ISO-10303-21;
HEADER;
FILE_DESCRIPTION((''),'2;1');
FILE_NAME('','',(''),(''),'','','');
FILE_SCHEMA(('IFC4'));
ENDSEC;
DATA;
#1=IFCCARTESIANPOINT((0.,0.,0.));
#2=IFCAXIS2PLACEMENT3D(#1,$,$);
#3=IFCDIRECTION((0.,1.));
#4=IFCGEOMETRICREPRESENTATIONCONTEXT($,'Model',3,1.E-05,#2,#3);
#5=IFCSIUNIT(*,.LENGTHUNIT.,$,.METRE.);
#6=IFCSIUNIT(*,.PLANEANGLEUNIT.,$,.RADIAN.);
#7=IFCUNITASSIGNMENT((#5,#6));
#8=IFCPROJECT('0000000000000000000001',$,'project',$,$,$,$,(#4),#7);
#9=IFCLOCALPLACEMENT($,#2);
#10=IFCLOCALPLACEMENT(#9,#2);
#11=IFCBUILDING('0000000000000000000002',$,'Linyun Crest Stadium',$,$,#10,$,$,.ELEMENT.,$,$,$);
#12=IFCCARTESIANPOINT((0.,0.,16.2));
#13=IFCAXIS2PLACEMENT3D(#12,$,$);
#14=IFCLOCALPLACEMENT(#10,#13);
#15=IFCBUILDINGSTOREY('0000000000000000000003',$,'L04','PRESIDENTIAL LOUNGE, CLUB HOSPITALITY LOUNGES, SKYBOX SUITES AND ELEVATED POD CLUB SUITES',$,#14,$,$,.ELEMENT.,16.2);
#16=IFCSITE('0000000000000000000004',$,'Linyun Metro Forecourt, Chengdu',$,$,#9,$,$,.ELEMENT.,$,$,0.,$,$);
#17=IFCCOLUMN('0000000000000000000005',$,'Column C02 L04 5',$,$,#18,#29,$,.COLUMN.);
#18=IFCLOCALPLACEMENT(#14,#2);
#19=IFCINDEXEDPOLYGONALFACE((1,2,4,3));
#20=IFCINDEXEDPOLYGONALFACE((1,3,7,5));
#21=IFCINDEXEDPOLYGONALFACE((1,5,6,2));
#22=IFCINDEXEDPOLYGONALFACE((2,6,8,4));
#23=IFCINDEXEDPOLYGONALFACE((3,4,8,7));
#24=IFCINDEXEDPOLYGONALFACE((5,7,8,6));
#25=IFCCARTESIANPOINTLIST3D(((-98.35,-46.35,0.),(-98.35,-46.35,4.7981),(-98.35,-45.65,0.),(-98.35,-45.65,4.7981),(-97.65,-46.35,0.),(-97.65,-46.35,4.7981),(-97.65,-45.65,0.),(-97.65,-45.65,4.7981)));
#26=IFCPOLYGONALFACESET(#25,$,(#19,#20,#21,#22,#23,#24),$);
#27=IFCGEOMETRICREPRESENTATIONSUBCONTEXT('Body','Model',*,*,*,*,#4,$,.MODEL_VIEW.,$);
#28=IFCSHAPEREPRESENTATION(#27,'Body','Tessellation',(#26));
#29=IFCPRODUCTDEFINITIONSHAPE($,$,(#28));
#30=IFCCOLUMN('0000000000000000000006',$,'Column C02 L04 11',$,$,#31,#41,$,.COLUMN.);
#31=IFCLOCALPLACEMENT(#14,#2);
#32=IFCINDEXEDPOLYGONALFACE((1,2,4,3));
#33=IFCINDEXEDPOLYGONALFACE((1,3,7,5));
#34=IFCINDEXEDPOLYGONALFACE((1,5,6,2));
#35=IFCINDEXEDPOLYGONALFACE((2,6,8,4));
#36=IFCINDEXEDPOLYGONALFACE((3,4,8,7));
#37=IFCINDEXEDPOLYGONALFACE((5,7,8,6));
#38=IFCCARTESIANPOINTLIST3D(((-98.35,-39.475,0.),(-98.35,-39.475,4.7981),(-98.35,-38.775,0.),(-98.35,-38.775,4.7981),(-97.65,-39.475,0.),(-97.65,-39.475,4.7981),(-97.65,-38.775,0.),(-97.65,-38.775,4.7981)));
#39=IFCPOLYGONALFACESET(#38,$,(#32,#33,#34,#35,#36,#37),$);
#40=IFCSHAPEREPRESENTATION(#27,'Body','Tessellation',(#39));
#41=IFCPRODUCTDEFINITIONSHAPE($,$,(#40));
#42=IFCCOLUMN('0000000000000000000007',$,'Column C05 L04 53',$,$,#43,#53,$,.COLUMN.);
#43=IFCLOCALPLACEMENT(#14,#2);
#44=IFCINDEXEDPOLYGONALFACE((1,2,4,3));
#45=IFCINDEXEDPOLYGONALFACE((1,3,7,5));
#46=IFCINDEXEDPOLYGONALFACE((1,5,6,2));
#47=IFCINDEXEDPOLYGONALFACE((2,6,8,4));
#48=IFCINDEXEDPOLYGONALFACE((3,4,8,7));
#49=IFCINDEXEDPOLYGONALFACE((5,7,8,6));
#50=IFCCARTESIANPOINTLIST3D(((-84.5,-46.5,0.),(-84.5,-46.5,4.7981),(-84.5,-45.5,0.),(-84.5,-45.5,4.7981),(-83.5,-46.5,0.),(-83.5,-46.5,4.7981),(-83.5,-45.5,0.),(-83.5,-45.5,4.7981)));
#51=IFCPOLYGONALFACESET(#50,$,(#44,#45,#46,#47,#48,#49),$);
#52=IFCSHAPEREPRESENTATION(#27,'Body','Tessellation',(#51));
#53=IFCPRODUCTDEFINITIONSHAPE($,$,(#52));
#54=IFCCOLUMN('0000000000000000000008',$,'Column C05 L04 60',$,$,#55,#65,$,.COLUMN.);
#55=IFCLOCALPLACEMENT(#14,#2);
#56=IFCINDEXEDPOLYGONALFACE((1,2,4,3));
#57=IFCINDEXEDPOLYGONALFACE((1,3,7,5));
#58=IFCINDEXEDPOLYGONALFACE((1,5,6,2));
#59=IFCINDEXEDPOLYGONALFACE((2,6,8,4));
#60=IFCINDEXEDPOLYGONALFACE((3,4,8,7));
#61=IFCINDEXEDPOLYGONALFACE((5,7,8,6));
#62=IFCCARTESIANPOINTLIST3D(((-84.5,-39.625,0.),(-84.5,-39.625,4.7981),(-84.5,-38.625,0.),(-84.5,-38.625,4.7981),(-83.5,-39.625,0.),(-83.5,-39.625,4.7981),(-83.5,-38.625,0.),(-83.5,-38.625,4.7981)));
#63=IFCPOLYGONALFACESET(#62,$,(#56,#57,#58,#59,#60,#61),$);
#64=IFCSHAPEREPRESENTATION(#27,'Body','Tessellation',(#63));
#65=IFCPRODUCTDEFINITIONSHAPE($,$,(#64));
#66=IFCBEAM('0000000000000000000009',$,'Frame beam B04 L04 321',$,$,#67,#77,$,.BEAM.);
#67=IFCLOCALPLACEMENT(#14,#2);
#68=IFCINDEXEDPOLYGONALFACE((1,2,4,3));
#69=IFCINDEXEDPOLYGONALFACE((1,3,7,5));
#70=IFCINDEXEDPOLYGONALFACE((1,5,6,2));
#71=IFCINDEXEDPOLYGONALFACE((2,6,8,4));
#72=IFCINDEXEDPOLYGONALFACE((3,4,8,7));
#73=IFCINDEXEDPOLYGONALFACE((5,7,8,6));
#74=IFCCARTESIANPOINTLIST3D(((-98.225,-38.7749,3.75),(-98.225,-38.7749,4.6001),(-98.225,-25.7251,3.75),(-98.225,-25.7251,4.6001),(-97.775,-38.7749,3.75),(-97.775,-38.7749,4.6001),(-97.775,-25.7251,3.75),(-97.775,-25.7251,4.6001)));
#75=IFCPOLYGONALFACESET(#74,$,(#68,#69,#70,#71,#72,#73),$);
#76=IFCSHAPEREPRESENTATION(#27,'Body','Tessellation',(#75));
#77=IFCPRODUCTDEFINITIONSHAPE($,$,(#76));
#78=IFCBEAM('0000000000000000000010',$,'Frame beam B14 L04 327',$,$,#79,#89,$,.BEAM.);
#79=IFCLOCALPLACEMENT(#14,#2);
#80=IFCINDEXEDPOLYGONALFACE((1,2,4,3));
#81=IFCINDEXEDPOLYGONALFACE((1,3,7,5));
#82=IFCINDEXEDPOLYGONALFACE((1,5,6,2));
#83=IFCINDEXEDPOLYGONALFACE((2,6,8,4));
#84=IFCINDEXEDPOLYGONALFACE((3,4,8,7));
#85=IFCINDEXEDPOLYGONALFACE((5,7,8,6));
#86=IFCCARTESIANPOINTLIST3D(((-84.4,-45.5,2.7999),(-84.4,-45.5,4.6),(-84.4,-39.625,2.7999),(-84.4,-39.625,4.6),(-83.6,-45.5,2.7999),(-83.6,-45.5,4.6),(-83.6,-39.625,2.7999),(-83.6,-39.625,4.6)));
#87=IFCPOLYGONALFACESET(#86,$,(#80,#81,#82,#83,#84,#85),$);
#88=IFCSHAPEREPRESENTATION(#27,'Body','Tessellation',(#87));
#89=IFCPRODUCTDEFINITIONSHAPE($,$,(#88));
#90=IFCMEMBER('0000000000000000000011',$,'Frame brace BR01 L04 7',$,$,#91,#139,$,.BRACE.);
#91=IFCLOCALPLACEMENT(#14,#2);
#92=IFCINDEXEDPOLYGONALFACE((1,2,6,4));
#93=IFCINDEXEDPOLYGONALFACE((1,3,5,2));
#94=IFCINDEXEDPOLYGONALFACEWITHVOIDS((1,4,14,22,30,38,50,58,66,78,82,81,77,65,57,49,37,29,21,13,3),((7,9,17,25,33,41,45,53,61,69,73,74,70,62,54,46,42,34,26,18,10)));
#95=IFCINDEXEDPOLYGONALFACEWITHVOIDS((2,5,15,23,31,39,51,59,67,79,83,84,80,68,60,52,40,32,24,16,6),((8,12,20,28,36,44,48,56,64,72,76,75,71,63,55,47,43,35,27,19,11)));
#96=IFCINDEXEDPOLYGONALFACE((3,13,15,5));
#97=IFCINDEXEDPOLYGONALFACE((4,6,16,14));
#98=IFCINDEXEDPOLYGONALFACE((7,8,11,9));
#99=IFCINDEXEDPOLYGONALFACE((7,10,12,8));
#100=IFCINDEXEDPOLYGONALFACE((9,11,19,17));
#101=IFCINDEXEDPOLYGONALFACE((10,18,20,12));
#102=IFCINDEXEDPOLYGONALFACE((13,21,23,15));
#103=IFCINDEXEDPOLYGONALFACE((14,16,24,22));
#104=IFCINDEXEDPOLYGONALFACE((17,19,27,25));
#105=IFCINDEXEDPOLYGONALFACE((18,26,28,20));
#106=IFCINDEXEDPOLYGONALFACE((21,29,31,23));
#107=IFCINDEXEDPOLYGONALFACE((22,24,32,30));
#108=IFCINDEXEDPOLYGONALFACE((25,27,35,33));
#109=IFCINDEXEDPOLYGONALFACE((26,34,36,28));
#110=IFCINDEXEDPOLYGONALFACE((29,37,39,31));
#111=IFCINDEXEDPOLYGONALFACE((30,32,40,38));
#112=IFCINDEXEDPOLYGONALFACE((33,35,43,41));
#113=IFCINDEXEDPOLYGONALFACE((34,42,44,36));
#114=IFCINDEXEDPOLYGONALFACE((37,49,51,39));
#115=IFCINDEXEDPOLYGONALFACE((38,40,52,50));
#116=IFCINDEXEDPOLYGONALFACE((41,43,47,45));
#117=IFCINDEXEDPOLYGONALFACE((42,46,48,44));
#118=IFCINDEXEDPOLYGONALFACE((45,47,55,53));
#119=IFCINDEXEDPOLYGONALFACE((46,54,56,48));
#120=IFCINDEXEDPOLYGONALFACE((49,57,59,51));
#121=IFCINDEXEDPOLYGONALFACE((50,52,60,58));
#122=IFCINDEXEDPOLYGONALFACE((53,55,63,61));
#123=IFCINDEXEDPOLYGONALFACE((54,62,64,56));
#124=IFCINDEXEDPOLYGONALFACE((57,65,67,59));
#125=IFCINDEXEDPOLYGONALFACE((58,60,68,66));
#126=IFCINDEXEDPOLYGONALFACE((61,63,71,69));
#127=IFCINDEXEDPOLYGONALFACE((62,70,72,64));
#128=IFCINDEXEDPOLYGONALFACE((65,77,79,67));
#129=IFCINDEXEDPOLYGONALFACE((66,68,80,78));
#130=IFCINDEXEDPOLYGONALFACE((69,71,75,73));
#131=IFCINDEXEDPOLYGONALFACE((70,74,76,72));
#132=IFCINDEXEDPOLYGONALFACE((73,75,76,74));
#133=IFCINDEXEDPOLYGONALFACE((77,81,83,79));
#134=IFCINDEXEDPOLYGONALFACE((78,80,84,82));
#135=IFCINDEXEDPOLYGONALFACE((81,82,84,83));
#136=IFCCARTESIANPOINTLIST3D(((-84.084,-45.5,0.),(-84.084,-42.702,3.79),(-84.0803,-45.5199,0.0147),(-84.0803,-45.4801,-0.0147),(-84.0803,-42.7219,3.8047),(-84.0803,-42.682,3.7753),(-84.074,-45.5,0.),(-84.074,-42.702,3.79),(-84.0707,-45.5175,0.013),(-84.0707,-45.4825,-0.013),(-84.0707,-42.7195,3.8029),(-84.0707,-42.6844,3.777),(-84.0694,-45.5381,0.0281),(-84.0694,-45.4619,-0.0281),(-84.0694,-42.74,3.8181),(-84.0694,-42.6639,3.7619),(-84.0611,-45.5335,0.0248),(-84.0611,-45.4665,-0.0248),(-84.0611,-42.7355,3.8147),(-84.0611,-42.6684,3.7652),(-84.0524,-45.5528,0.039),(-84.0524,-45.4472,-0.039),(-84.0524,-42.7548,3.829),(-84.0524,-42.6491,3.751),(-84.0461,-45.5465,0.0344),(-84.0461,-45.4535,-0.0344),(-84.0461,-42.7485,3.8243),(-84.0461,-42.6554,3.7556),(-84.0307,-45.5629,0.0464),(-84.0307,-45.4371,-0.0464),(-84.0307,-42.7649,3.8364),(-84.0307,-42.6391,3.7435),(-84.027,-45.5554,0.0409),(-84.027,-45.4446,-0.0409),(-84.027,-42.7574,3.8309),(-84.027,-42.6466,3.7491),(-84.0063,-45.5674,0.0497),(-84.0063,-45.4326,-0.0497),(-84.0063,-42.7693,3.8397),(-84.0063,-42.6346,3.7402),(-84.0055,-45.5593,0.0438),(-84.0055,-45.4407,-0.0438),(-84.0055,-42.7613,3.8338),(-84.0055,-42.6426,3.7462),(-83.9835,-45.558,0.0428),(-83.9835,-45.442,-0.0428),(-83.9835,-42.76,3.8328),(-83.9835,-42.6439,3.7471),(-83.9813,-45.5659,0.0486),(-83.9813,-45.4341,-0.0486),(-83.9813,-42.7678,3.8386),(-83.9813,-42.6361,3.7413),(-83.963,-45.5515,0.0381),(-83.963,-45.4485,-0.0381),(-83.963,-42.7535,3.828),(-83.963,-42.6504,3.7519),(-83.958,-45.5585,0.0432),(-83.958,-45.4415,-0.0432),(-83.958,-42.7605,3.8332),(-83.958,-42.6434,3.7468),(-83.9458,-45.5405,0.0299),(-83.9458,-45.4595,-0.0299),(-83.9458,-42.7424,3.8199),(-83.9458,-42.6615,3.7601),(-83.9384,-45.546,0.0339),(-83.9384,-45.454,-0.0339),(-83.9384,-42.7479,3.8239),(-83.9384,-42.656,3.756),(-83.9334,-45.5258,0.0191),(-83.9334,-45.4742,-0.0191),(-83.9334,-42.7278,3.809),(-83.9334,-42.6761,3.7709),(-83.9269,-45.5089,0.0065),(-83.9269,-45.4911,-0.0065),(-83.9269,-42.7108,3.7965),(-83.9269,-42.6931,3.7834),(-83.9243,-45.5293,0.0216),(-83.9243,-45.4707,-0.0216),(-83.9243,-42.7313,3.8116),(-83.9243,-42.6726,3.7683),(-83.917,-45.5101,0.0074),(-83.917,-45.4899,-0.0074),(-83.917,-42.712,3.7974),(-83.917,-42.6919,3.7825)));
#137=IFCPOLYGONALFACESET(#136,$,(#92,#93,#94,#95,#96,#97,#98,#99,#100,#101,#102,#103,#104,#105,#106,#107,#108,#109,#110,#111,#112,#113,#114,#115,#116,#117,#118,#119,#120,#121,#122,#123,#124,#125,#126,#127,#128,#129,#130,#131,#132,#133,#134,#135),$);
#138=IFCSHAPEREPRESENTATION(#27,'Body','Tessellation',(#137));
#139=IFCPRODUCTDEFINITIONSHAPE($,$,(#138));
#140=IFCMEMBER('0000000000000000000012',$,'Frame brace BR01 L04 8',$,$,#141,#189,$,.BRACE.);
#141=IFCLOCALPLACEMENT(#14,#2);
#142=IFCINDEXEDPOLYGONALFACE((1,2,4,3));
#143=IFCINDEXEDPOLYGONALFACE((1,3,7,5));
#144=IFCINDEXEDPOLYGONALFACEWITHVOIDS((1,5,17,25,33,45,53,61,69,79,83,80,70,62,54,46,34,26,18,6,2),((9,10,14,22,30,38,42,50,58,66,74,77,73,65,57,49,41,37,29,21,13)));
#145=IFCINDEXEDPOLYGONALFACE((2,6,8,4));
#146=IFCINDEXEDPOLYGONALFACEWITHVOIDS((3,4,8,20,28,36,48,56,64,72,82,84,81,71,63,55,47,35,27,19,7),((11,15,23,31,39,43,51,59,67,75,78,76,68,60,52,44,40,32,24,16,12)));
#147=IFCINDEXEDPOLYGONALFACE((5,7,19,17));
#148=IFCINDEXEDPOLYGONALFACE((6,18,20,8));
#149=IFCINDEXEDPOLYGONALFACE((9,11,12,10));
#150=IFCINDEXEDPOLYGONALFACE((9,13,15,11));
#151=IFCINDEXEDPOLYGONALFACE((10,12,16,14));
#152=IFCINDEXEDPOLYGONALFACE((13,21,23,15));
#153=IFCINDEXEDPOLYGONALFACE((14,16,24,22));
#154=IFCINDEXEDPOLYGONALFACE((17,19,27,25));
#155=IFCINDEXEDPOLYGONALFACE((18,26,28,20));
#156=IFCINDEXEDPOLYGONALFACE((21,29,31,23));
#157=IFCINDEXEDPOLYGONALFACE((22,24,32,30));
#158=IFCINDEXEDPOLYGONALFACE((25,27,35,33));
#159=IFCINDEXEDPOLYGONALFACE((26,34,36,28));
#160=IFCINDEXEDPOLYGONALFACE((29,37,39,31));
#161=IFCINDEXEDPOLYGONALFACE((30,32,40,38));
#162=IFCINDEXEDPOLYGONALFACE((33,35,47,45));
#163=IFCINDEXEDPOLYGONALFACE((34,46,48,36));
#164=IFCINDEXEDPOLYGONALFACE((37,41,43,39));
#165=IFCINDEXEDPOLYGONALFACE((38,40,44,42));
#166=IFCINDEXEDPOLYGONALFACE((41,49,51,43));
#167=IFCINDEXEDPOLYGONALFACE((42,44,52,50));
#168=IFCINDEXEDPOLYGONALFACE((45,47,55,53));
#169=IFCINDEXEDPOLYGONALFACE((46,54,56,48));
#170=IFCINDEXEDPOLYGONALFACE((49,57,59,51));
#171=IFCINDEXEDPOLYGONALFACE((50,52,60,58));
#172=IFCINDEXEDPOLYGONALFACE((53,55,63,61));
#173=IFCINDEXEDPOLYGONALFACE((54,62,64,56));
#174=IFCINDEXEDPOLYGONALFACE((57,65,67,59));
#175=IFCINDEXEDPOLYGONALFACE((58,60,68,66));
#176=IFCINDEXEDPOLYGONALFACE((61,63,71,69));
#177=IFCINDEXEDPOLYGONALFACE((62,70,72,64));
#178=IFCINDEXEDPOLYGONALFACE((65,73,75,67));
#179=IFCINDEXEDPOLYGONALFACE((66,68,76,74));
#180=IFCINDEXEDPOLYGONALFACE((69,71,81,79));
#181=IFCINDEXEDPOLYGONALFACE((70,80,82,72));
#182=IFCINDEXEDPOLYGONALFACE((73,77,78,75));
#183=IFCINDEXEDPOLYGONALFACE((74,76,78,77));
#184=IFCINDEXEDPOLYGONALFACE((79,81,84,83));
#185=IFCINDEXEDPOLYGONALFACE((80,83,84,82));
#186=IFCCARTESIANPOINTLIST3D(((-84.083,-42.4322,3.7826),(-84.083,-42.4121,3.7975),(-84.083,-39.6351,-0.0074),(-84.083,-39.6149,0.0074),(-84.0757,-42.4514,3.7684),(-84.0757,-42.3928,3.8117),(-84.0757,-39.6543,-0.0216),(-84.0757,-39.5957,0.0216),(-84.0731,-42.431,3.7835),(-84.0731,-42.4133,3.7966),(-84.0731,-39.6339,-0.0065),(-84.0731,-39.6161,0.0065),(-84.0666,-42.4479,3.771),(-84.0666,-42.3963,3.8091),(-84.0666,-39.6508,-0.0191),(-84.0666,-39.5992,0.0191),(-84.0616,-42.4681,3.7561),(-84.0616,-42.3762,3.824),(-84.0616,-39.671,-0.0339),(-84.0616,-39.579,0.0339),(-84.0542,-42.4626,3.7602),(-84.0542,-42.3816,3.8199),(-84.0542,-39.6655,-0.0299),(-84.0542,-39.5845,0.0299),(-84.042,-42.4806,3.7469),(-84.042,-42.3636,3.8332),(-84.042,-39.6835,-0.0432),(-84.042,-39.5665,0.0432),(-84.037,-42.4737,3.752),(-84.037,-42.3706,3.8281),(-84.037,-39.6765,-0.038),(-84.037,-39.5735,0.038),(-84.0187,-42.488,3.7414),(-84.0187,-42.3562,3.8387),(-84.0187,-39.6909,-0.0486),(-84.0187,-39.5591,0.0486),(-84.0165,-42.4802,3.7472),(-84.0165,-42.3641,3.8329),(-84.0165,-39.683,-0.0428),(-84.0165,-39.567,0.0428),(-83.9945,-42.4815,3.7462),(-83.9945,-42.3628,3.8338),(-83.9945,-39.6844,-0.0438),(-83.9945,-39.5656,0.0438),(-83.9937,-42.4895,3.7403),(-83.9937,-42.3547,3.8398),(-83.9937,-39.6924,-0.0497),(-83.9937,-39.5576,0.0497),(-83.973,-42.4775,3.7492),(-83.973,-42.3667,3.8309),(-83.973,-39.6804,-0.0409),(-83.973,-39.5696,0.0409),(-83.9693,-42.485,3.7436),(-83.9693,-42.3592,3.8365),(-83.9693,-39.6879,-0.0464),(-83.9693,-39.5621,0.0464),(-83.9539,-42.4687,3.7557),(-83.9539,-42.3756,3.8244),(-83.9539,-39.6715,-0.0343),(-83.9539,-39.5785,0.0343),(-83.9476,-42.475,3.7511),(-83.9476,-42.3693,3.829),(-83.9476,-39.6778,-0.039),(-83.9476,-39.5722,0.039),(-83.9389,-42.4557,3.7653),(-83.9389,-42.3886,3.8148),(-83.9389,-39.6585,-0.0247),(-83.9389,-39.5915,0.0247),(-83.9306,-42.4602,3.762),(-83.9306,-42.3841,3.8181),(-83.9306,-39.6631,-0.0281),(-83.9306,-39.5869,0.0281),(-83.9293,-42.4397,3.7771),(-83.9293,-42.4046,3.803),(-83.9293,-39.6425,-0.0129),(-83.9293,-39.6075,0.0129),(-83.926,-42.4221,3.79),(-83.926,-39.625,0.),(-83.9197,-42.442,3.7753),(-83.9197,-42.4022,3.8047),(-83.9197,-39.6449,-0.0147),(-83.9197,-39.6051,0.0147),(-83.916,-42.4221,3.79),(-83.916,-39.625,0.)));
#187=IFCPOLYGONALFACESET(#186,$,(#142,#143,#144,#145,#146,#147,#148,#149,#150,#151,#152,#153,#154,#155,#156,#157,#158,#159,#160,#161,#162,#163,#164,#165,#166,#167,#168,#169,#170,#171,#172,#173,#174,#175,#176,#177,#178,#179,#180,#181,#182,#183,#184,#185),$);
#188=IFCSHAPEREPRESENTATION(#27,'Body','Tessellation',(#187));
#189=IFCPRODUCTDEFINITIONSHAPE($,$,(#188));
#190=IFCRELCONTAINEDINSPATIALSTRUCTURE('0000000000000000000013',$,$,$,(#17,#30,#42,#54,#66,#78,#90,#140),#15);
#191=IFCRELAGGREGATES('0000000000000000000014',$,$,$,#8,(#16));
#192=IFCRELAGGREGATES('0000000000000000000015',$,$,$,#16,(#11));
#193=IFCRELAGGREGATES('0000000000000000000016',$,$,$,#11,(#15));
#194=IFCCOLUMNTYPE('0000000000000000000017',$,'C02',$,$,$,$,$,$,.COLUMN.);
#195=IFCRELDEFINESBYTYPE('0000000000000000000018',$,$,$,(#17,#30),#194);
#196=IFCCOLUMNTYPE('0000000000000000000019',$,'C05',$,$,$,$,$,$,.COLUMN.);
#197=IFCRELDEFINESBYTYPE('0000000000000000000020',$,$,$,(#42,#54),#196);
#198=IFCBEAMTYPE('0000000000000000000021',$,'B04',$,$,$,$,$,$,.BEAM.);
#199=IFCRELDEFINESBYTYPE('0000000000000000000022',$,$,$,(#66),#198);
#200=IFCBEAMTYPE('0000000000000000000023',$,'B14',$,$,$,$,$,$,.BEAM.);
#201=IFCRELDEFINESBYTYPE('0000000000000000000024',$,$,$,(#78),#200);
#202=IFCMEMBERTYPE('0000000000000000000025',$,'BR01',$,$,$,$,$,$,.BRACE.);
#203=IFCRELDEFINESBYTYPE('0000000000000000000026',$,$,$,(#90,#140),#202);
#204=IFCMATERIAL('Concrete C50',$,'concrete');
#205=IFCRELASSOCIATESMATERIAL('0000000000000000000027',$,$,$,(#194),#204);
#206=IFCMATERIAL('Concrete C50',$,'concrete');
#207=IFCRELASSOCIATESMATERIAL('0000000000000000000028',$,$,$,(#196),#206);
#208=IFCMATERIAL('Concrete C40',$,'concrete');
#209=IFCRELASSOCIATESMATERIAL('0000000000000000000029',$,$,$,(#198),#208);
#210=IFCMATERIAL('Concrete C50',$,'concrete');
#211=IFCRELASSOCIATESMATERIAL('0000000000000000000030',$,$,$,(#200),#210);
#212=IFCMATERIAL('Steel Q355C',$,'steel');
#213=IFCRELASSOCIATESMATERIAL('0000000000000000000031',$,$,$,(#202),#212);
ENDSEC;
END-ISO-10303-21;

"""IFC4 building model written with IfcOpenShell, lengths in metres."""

from ifc_helpers import new_model, si_unit, direction, frame, origin, origin_2d, place, context, subcontext, project, spatial, rectangle, hollow_circle, extrude, material, material_profile, profile_set, type_object, element, save


model = new_model("IFC4")

# Units and contexts
model_context = context("Model", 3, precision=1e-05, world=origin(), true_north=direction((0.0, 1.0)))
body_context = subcontext(model_context, "Body", "Model", "MODEL_VIEW")
ifc_project = project(units=[si_unit("LENGTHUNIT", "METRE"), si_unit("PLANEANGLEUNIT", "RADIAN")], contexts=[model_context])

# Site, building, storey
site_placement = place(None, origin())
site = spatial("IfcSite", under=ifc_project, at=site_placement, Name="Linyun Metro Forecourt, Chengdu", CompositionType="ELEMENT", RefElevation=0.0)
building_placement = place(site_placement, origin())
building = spatial("IfcBuilding", under=site, at=building_placement, Name="Linyun Crest Stadium", CompositionType="ELEMENT")
storey_placement = place(building_placement, frame((0.0, 0.0, 16.2)))
storey = spatial("IfcBuildingStorey", under=building, at=storey_placement, Name="L04", Description="PRESIDENTIAL LOUNGE, CLUB HOSPITALITY LOUNGES, SKYBOX SUITES AND ELEVATED POD CLUB SUITES", CompositionType="ELEMENT", Elevation=16.2)

# Columns
ifc_material_1 = material(Name="Concrete C50", Category="concrete")
ifc_material_profile_1 = material_profile(ifc_material_1, rectangle(XDim=0.7, YDim=0.7, at=origin_2d()), Name="RC 700x700")
ifc_profile_set_1 = profile_set([ifc_material_profile_1], Name="Concrete C50")
column_type_1 = type_object("IfcColumnType", Name="C02", PredefinedType="COLUMN", material=ifc_profile_set_1)
for number, where, z_axis, x_axis, name in (
    (1, (-98.0, -46.0, 0.0), (0.0, 0.0, 1.0), (1.0, 0.0, 0.0), "Column C02 L04 5"),
    (2, (-98.0, -39.125, 0.0), (0.0, 0.0, 1.0), (1.0, 0.0, 0.0), "Column C02 L04 11"),
):
    element("IfcColumn", number, at=place(storey_placement, frame(where, z_axis=z_axis, x_axis=x_axis)), inside=storey, type_object=column_type_1, Name=name, PredefinedType="COLUMN", context=body_context, shape_type="SweptSolid", body=[
        extrude(rectangle(XDim=0.7, YDim=0.7, at=origin_2d()), origin(), (0.0, 0.0, 1.0), 4.7981),
    ])
ifc_material_2 = material(Name="Concrete C50", Category="concrete")
ifc_material_profile_2 = material_profile(ifc_material_2, rectangle(XDim=1.0, YDim=1.0, at=origin_2d()), Name="RC 1000x1000")
ifc_profile_set_2 = profile_set([ifc_material_profile_2], Name="Concrete C50")
column_type_2 = type_object("IfcColumnType", Name="C05", PredefinedType="COLUMN", material=ifc_profile_set_2)
for number, where, z_axis, x_axis, name in (
    (3, (-84.0, -46.0, 0.0), (0.0, 0.0, 1.0), (1.0, 0.0, 0.0), "Column C05 L04 53"),
    (4, (-84.0, -39.125, 0.0), (0.0, 0.0, 1.0), (1.0, 0.0, 0.0), "Column C05 L04 60"),
):
    element("IfcColumn", number, at=place(storey_placement, frame(where, z_axis=z_axis, x_axis=x_axis)), inside=storey, type_object=column_type_2, Name=name, PredefinedType="COLUMN", context=body_context, shape_type="SweptSolid", body=[
        extrude(rectangle(XDim=1.0, YDim=1.0, at=origin_2d()), origin(), (0.0, 0.0, 1.0), 4.7981),
    ])

# Beams
ifc_material_3 = material(Name="Concrete C40", Category="concrete")
ifc_material_profile_3 = material_profile(ifc_material_3, rectangle(XDim=0.45, YDim=0.8501, at=origin_2d()), Name="RCB 850x450")
ifc_profile_set_3 = profile_set([ifc_material_profile_3], Name="Concrete C40")
beam_type_1 = type_object("IfcBeamType", Name="B04", PredefinedType="BEAM", material=ifc_profile_set_3)
beam_1_placement = place(storey_placement, frame((-98.0, -38.7749, 4.175), z_axis=(0.0, 1.0, 0.0), x_axis=(-1.0, 0.0, 0.0)))
element("IfcBeam", 5, at=beam_1_placement, inside=storey, type_object=beam_type_1, Name="Frame beam B04 L04 321", PredefinedType="BEAM", context=body_context, shape_type="SweptSolid", body=[
    extrude(rectangle(XDim=0.45, YDim=0.8501, at=origin_2d()), origin(), (0.0, 0.0, 1.0), 13.0498),
])
ifc_material_4 = material(Name="Concrete C50", Category="concrete")
ifc_material_profile_4 = material_profile(ifc_material_4, rectangle(XDim=0.8, YDim=1.8, at=origin_2d()), Name="RCB 1800x800")
ifc_profile_set_4 = profile_set([ifc_material_profile_4], Name="Concrete C50")
beam_type_2 = type_object("IfcBeamType", Name="B14", PredefinedType="BEAM", material=ifc_profile_set_4)
beam_2_placement = place(storey_placement, frame((-84.0, -45.5, 3.7), z_axis=(0.0, 1.0, 0.0), x_axis=(-1.0, 0.0, 0.0)))
element("IfcBeam", 6, at=beam_2_placement, inside=storey, type_object=beam_type_2, Name="Frame beam B14 L04 327", PredefinedType="BEAM", context=body_context, shape_type="SweptSolid", body=[
    extrude(rectangle(XDim=0.8, YDim=1.8, at=origin_2d()), origin(), (0.0, 0.0, 1.0), 5.875),
])

# Members
ifc_material_5 = material(Name="Steel Q355C", Category="steel")
ifc_material_profile_5 = material_profile(ifc_material_5, hollow_circle(Radius=0.084, WallThickness=0.01, at=origin_2d()), Name="CHS 168x10")
ifc_profile_set_5 = profile_set([ifc_material_profile_5], Name="Steel Q355C")
member_type_1 = type_object("IfcMemberType", Name="BR01", PredefinedType="BRACE", material=ifc_profile_set_5)
member_1_placement = place(storey_placement, frame((-84.0, -45.5, 0.0), z_axis=(0.0, 0.593947, 0.804505), x_axis=(-1.0, 0.0, 0.0)))
element("IfcMember", 7, at=member_1_placement, inside=storey, type_object=member_type_1, Name="Frame brace BR01 L04 7", PredefinedType="BRACE", context=body_context, shape_type="SweptSolid", body=[
    extrude(hollow_circle(Radius=0.084, WallThickness=0.01, at=origin_2d()), origin(), (0.0, 0.0, 1.0), 4.7109),
])
member_2_placement = place(storey_placement, frame((-84.0, -39.625, 0.0), z_axis=(0.0, -0.593812, 0.804604), x_axis=(1.0, 0.0, 0.0)))
element("IfcMember", 8, at=member_2_placement, inside=storey, type_object=member_type_1, Name="Frame brace BR01 L04 8", PredefinedType="BRACE", context=body_context, shape_type="SweptSolid", body=[
    extrude(hollow_circle(Radius=0.084, WallThickness=0.01, at=origin_2d()), origin(), (0.0, 0.0, 1.0), 4.7104),
])

save(model, "model.ifc")
